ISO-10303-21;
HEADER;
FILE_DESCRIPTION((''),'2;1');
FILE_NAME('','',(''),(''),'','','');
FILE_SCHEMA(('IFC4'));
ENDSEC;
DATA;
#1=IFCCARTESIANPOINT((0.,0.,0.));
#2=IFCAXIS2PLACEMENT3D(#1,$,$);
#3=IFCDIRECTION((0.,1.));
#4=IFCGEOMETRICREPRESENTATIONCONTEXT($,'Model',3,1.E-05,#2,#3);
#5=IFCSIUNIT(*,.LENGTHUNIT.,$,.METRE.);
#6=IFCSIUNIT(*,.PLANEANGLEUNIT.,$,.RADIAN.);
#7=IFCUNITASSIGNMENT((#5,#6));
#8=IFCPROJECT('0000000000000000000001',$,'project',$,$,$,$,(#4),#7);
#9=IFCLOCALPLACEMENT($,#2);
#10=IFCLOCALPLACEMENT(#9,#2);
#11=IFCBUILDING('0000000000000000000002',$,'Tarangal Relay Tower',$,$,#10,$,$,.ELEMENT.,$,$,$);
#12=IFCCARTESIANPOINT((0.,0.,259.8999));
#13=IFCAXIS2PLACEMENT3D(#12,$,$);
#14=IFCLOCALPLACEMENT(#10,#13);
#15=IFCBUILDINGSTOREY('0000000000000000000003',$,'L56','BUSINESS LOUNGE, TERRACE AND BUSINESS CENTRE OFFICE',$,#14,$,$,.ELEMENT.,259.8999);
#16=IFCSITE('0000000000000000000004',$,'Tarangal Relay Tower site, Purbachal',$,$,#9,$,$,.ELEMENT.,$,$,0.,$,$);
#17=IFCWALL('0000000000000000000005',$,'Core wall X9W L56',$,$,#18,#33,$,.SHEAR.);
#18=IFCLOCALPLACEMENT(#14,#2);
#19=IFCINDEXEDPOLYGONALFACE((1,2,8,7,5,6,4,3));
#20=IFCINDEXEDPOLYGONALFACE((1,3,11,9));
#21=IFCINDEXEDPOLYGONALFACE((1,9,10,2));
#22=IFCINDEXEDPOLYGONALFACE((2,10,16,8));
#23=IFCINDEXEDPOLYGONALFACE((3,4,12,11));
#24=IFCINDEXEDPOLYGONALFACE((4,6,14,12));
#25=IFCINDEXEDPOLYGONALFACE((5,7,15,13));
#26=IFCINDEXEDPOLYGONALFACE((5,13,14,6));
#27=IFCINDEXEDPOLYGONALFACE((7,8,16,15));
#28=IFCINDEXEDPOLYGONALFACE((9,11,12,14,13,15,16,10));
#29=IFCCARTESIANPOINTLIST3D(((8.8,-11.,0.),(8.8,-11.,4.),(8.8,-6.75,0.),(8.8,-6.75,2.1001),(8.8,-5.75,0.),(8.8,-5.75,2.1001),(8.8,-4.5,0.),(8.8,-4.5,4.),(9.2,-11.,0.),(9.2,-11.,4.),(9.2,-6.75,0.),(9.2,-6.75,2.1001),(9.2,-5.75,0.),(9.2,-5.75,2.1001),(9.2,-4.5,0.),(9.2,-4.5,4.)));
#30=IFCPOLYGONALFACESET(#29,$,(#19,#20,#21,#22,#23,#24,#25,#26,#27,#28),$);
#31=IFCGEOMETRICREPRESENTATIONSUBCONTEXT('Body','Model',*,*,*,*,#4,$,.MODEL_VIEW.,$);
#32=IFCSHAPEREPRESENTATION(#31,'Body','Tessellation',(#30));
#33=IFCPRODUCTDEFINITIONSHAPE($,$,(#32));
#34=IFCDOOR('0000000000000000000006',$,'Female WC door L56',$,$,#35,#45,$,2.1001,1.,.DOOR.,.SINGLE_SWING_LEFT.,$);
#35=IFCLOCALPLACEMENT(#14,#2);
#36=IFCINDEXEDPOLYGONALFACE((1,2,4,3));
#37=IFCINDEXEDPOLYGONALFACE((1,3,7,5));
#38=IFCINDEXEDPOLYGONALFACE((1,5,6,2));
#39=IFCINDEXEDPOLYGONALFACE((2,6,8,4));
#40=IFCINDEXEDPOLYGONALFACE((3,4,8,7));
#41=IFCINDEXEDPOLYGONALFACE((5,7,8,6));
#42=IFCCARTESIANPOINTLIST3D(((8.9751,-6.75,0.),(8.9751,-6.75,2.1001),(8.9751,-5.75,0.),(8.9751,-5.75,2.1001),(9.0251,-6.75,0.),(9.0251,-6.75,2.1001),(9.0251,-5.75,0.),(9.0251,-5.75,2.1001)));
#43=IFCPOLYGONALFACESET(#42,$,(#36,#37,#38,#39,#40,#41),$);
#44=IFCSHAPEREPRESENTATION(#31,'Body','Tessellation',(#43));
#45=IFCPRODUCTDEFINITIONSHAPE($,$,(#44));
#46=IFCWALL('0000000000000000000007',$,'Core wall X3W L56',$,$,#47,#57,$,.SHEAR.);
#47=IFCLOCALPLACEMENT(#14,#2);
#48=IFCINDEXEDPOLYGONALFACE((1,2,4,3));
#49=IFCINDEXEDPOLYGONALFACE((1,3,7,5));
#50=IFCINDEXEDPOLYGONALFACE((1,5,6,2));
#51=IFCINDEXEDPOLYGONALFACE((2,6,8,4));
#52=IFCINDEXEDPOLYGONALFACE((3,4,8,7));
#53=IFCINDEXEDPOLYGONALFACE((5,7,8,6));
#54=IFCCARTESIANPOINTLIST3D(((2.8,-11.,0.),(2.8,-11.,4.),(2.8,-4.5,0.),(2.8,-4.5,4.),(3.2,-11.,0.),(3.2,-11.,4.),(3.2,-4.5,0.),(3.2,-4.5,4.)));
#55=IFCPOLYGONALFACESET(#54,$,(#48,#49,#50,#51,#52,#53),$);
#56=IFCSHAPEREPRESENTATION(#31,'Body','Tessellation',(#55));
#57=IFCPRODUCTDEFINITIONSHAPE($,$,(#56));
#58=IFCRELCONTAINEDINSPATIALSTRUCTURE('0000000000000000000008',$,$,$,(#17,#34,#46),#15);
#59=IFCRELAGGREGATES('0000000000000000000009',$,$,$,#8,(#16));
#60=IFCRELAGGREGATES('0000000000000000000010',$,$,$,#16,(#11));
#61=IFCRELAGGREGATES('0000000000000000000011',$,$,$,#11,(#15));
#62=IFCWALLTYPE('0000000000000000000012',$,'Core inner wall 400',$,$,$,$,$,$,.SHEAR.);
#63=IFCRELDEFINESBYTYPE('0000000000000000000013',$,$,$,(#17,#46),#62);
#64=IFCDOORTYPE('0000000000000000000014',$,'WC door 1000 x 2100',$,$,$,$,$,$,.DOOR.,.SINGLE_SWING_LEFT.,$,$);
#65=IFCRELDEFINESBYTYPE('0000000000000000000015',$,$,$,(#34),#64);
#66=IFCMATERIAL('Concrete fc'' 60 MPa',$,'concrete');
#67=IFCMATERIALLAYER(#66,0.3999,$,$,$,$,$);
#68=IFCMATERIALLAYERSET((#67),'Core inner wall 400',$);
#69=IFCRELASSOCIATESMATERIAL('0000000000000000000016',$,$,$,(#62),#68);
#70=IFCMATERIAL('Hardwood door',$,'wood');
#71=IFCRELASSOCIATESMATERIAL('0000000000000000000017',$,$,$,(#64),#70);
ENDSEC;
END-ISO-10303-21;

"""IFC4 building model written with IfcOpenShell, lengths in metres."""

from ifc_helpers import new_model, si_unit, direction, frame, frame_2d, origin, place, context, subcontext, project, spatial, rectangle, extrude, material, layer, layer_set, type_object, element, fill, save


model = new_model("IFC4")

# Units and contexts
model_context = context("Model", 3, precision=1e-05, world=origin(), true_north=direction((0.0, 1.0)))
body_context = subcontext(model_context, "Body", "Model", "MODEL_VIEW")
ifc_project = project(units=[si_unit("LENGTHUNIT", "METRE"), si_unit("PLANEANGLEUNIT", "RADIAN")], contexts=[model_context])

# Site, building, storey
site_placement = place(None, origin())
site = spatial("IfcSite", under=ifc_project, at=site_placement, Name="Tarangal Relay Tower site, Purbachal", CompositionType="ELEMENT", RefElevation=0.0)
building_placement = place(site_placement, origin())
building = spatial("IfcBuilding", under=site, at=building_placement, Name="Tarangal Relay Tower", CompositionType="ELEMENT")
storey_placement = place(building_placement, frame((0.0, 0.0, 259.8999)))
storey = spatial("IfcBuildingStorey", under=building, at=storey_placement, Name="L56", Description="BUSINESS LOUNGE, TERRACE AND BUSINESS CENTRE OFFICE", CompositionType="ELEMENT", Elevation=259.8999)

# Shared definitions
ifc_material_1 = material(Name="Hardwood door", Category="wood")

# Wall, opening, door
ifc_material_2 = material(Name="Concrete fc' 60 MPa", Category="concrete")
ifc_layer_1 = layer(ifc_material_2, 0.3999)
ifc_layer_set_1 = layer_set([ifc_layer_1], Name="Core inner wall 400")
wall_type_1 = type_object("IfcWallType", Name="Core inner wall 400", PredefinedType="SHEAR", material=ifc_layer_set_1)
wall_1_placement = place(storey_placement, frame((9.0, -11.0, 0.0), z_axis=(0.0, 0.0, 1.0), x_axis=(0.0, 1.0, 0.0)))
wall_1 = element("IfcWall", 1, at=wall_1_placement, inside=storey, type_object=wall_type_1, Name="Core wall X9W L56", PredefinedType="SHEAR", context=body_context, shape_type="SweptSolid", body=[
    extrude(rectangle(XDim=6.5, YDim=0.3999, at=frame_2d((3.25, 0.0))), origin(), (0.0, 0.0, 1.0), 4.0),
])
opening_1_placement = place(wall_1_placement, frame((4.25, 0.0, 0.0)))
opening_1 = element("IfcOpeningElement", 2, at=opening_1_placement, cuts=wall_1, PredefinedType="OPENING", context=body_context, shape_type="SweptSolid", body=[
    extrude(rectangle(XDim=1.0, YDim=2.1001, at=frame_2d((0.5, 1.05))), frame((0.0, 0.21, 0.0), z_axis=(0.0, -1.0, 0.0), x_axis=(1.0, 0.0, 0.0)), (0.0, 0.0, 1.0), 0.4199),
])
door_type_1 = type_object("IfcDoorType", Name="WC door 1000 x 2100", OperationType="SINGLE_SWING_LEFT", PredefinedType="DOOR", material=ifc_material_1)
door_1_placement = place(opening_1_placement, origin())
door_1 = element("IfcDoor", 3, at=door_1_placement, inside=storey, type_object=door_type_1, Name="Female WC door L56", OperationType="SINGLE_SWING_LEFT", OverallHeight=2.1001, OverallWidth=1.0, PredefinedType="DOOR", context=body_context, shape_type="SweptSolid", body=[
    extrude(rectangle(XDim=1.0, YDim=2.1001, at=frame_2d((0.5, 1.05))), frame((0.0, 0.0249, 0.0), z_axis=(0.0, -1.0, 0.0), x_axis=(1.0, 0.0, 0.0)), (0.0, 0.0, 1.0), 0.05),
])
fill(opening_1, door_1)

# Wall
wall_2_placement = place(storey_placement, frame((3.0, -11.0, 0.0), z_axis=(0.0, 0.0, 1.0), x_axis=(0.0, 1.0, 0.0)))
element("IfcWall", 4, at=wall_2_placement, inside=storey, type_object=wall_type_1, Name="Core wall X3W L56", PredefinedType="SHEAR", context=body_context, shape_type="SweptSolid", body=[
    extrude(rectangle(XDim=6.5, YDim=0.3999, at=frame_2d((3.25, 0.0))), origin(), (0.0, 0.0, 1.0), 4.0),
])

save(model, "model.ifc")
